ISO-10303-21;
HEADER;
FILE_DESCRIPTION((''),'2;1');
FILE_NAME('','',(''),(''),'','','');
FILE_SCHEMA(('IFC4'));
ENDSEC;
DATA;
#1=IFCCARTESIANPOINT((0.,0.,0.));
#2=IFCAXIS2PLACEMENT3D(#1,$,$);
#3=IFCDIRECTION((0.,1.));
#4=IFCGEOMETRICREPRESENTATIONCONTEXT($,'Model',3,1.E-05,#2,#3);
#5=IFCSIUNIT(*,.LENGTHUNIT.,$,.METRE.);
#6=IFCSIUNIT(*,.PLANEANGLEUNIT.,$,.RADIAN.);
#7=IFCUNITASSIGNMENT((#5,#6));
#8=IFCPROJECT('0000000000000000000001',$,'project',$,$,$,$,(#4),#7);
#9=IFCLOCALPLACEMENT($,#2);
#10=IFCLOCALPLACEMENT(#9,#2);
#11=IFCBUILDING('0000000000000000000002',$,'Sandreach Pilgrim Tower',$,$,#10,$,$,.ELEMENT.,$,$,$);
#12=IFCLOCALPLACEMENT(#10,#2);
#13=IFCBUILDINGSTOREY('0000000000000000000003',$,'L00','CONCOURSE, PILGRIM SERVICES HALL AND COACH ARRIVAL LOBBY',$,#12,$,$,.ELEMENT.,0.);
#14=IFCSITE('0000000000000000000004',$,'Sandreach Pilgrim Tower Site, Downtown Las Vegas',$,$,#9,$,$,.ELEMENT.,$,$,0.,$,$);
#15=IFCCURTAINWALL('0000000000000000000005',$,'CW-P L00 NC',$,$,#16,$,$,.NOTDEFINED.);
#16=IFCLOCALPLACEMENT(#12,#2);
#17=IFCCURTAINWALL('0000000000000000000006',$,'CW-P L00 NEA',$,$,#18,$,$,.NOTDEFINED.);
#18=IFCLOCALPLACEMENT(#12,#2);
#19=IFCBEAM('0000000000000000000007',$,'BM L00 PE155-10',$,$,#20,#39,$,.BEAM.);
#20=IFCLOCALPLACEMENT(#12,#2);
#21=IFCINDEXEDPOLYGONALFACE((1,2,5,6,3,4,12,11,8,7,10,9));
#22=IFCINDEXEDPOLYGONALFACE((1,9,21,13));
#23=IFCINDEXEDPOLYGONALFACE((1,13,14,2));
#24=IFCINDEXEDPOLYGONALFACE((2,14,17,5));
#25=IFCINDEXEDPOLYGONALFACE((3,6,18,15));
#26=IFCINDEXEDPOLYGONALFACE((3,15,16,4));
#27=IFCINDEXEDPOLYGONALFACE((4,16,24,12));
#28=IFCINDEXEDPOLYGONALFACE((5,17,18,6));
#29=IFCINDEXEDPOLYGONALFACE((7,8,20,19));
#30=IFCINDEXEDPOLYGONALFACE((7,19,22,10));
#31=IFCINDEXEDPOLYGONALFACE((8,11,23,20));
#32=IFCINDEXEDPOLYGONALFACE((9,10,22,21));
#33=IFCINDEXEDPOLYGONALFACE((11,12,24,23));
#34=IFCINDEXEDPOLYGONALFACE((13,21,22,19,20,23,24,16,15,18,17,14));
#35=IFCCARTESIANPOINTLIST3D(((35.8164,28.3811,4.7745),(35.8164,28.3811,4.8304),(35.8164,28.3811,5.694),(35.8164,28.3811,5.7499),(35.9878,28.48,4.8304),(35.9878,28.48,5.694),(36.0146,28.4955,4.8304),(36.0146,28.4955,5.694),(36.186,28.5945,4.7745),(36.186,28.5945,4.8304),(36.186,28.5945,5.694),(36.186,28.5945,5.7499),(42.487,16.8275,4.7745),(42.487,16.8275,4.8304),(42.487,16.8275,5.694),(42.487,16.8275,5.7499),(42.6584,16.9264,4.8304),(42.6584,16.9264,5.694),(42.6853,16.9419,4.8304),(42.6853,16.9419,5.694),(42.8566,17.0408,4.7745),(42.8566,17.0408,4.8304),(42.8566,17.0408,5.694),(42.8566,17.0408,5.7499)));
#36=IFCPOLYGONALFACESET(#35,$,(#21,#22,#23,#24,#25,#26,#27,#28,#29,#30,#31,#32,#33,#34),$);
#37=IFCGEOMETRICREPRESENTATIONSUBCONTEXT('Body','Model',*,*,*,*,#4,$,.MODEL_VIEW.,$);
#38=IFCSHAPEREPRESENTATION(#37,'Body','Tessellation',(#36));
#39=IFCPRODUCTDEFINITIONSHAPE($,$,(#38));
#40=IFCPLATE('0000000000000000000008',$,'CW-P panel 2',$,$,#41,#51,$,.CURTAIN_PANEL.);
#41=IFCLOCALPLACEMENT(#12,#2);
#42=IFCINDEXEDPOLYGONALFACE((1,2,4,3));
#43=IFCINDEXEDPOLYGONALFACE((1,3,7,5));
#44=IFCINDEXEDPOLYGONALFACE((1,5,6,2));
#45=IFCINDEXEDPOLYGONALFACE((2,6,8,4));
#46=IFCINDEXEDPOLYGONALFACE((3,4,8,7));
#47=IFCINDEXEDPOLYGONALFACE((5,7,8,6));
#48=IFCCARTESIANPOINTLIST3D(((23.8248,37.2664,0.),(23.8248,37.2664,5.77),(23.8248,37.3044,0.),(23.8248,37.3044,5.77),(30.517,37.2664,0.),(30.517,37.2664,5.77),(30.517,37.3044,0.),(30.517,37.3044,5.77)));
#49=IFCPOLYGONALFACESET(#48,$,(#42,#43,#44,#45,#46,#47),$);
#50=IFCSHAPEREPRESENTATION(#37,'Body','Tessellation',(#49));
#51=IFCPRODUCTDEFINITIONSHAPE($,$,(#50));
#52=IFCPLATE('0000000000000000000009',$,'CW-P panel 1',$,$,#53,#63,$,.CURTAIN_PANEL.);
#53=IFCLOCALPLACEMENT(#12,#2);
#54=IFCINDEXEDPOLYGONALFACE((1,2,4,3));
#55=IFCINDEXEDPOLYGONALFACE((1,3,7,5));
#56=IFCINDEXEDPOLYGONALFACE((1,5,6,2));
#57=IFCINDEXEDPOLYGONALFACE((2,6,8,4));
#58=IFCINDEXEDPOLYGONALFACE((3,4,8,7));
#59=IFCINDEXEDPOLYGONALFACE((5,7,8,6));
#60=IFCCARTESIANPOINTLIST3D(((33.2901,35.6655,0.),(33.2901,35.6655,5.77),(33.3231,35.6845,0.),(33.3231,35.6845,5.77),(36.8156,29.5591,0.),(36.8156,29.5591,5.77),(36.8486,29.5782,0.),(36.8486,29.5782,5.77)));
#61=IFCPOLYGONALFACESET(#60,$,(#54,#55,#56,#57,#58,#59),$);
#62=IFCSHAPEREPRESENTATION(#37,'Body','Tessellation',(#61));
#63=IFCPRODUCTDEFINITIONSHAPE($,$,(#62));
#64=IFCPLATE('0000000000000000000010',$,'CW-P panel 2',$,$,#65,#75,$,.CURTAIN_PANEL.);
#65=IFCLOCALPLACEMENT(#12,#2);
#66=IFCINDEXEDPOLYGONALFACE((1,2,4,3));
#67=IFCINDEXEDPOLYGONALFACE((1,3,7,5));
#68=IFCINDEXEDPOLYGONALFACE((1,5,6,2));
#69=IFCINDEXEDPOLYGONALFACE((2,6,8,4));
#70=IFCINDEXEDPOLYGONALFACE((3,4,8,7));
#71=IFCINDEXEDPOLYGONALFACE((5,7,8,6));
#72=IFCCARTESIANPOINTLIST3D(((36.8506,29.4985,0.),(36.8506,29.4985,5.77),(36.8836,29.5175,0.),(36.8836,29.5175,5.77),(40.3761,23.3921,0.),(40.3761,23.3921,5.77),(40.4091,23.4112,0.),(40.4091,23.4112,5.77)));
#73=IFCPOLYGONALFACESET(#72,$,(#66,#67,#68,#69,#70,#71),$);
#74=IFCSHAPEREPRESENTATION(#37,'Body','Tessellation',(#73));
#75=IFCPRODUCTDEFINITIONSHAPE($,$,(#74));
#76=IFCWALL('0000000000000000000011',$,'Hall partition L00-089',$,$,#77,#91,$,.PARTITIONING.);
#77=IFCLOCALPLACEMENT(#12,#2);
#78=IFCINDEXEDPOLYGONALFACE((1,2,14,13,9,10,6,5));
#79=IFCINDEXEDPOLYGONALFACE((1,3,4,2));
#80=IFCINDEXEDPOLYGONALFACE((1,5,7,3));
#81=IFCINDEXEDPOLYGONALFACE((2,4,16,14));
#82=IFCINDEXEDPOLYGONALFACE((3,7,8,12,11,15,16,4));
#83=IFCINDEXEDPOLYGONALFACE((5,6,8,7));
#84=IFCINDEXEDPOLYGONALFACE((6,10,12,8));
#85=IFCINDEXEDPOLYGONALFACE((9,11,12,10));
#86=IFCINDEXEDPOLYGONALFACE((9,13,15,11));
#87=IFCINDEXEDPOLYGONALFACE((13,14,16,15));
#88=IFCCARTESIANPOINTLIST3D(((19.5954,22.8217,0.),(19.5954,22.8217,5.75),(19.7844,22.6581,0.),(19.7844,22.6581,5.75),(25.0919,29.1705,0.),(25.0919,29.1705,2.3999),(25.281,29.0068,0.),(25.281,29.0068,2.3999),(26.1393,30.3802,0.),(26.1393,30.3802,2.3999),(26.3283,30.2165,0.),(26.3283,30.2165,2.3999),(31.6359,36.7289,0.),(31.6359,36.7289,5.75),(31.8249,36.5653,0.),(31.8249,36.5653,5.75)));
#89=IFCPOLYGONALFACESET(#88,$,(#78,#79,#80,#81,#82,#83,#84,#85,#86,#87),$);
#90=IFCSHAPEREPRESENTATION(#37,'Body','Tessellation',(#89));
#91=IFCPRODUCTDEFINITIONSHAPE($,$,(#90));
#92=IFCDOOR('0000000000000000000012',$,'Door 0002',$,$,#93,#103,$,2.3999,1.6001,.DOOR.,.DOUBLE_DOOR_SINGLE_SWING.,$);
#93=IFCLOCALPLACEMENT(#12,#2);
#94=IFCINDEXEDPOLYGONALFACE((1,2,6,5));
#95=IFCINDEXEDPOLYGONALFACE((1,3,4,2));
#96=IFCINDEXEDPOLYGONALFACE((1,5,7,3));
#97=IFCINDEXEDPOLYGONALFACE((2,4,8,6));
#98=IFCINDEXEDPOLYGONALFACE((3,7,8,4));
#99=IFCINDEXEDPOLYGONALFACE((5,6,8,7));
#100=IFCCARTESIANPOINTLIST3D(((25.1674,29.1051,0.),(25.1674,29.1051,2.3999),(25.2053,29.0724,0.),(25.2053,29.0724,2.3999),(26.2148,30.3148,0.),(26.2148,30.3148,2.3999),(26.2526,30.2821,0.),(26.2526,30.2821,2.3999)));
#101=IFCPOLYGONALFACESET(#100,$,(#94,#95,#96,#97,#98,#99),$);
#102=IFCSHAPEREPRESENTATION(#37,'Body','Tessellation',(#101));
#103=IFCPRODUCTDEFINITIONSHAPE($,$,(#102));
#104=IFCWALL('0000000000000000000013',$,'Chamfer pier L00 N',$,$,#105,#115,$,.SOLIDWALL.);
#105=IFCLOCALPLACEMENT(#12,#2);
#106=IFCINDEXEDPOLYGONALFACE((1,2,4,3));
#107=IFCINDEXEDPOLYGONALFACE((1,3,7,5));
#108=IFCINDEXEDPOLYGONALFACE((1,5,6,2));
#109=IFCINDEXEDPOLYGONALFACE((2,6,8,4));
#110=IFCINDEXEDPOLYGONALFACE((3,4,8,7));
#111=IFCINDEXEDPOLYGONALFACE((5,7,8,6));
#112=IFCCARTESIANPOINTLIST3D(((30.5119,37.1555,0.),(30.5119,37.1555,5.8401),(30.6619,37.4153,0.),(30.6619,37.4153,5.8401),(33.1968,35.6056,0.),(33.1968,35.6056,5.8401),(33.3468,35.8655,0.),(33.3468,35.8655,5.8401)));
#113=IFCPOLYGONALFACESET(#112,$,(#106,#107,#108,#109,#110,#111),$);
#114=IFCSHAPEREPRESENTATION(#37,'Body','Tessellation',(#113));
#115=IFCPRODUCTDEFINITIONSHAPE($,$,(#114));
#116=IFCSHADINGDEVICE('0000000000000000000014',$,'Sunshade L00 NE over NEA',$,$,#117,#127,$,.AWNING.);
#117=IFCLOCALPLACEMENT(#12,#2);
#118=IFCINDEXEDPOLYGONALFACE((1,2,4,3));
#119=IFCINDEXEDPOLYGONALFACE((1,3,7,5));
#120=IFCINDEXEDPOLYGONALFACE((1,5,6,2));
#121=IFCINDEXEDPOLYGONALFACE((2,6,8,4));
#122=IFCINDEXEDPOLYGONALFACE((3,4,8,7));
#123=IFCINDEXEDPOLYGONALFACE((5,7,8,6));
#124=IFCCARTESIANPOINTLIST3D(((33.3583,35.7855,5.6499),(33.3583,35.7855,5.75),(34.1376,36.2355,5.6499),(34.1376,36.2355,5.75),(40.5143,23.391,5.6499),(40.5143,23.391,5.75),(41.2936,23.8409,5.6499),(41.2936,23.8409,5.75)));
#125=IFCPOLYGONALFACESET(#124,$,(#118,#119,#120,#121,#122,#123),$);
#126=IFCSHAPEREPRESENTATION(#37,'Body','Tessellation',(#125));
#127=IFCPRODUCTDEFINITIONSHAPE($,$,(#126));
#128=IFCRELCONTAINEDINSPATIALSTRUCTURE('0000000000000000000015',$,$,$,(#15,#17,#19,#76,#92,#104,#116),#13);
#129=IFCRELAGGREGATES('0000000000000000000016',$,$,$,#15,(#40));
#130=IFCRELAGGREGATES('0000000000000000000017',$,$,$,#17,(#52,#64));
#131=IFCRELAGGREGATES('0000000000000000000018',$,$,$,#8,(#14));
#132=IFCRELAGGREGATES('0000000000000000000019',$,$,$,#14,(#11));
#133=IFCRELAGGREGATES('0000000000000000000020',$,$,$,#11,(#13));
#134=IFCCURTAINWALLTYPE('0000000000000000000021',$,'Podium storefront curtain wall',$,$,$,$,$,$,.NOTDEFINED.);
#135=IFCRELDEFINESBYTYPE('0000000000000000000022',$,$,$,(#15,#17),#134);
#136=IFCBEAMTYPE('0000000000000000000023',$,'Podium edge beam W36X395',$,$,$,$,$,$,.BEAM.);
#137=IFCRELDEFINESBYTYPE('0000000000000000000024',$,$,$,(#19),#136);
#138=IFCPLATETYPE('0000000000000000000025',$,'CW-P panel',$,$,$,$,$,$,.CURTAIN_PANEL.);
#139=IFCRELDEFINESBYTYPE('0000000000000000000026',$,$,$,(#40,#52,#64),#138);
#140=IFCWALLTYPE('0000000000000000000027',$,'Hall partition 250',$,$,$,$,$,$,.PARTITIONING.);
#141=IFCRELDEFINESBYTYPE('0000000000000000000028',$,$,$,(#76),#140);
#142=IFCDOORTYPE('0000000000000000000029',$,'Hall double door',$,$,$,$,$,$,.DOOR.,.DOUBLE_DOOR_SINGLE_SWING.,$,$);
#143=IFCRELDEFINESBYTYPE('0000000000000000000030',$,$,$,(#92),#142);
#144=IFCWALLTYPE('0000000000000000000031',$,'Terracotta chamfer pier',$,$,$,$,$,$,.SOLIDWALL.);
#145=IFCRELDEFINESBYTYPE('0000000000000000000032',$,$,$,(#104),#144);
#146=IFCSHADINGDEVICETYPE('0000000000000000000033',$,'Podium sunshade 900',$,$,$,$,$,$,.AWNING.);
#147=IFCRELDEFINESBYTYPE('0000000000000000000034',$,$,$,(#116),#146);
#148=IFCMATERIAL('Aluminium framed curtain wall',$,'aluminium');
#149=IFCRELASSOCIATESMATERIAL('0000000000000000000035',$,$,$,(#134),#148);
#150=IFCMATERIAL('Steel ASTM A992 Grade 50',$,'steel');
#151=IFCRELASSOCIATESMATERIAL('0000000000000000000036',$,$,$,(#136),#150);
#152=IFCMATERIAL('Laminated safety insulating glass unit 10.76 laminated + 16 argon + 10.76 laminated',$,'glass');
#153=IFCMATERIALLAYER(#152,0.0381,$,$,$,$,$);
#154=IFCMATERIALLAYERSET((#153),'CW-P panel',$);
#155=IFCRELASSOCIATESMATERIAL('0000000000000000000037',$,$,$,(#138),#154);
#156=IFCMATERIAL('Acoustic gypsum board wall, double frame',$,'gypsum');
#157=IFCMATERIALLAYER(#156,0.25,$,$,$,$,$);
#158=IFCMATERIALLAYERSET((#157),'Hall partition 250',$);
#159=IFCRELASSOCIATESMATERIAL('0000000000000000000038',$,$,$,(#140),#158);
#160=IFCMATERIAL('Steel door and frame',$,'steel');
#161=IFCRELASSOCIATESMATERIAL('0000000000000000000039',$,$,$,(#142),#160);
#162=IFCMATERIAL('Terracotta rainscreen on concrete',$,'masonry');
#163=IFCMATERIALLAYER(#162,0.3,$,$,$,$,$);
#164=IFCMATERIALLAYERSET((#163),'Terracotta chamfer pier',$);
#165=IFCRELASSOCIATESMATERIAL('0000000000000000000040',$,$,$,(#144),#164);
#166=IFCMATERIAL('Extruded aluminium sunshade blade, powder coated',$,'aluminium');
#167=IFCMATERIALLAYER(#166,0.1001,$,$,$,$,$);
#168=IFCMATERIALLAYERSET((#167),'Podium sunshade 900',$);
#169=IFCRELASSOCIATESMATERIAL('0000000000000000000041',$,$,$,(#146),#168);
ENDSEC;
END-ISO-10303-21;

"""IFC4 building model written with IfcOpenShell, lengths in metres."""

from ifc_helpers import new_model, si_unit, direction, frame, frame_2d, origin, origin_2d, place, context, subcontext, project, spatial, rectangle, i_section, extrude, material, layer, layer_set, material_profile, profile_set, type_object, element, fill, aggregate, save


model = new_model("IFC4")

# Units and contexts
model_context = context("Model", 3, precision=1e-05, world=origin(), true_north=direction((0.0, 1.0)))
body_context = subcontext(model_context, "Body", "Model", "MODEL_VIEW")
ifc_project = project(units=[si_unit("LENGTHUNIT", "METRE"), si_unit("PLANEANGLEUNIT", "RADIAN")], contexts=[model_context])

# Site, building, storey
site_placement = place(None, origin())
site = spatial("IfcSite", under=ifc_project, at=site_placement, Name="Sandreach Pilgrim Tower Site, Downtown Las Vegas", CompositionType="ELEMENT", RefElevation=0.0)
building_placement = place(site_placement, origin())
building = spatial("IfcBuilding", under=site, at=building_placement, Name="Sandreach Pilgrim Tower", CompositionType="ELEMENT")
storey_placement = place(building_placement, origin())
storey = spatial("IfcBuildingStorey", under=building, at=storey_placement, Name="L00", Description="CONCOURSE, PILGRIM SERVICES HALL AND COACH ARRIVAL LOBBY", CompositionType="ELEMENT", Elevation=0.0)

# Curtain walls
ifc_material_1 = material(Name="Aluminium framed curtain wall", Category="aluminium")
curtain_wall_type = type_object("IfcCurtainWallType", Name="Podium storefront curtain wall", PredefinedType="NOTDEFINED", material=ifc_material_1)
curtain_wall_1_placement = place(storey_placement, origin())
curtain_wall_1 = element("IfcCurtainWall", 1, at=curtain_wall_1_placement, inside=storey, type_object=curtain_wall_type, Name="CW-P L00 NC", PredefinedType="NOTDEFINED")
curtain_wall_2_placement = place(storey_placement, origin())
curtain_wall_2 = element("IfcCurtainWall", 2, at=curtain_wall_2_placement, inside=storey, type_object=curtain_wall_type, Name="CW-P L00 NEA", PredefinedType="NOTDEFINED")

# Beam
ifc_material_2 = material(Name="Steel ASTM A992 Grade 50", Category="steel")
ifc_material_profile_1 = material_profile(ifc_material_2, i_section(OverallWidth=0.4268, OverallDepth=0.9753, WebThickness=0.031, FlangeThickness=0.0559, at=origin_2d()), Name="W36X395")
ifc_profile_set_1 = profile_set([ifc_material_profile_1], Name="Steel ASTM A992 Grade 50")
beam_type_1 = type_object("IfcBeamType", Name="Podium edge beam W36X395", PredefinedType="BEAM", material=ifc_profile_set_1)
beam_1_placement = place(storey_placement, frame((36.0012, 28.4878, 5.2622), z_axis=(0.500007, -0.866022, 0.0), x_axis=(0.866022, 0.500007, 0.0)))
element("IfcBeam", 3, at=beam_1_placement, inside=storey, type_object=beam_type_1, Name="BM L00 PE155-10", PredefinedType="BEAM", context=body_context, shape_type="SweptSolid", body=[
    extrude(i_section(OverallWidth=0.4268, OverallDepth=0.9753, WebThickness=0.031, FlangeThickness=0.0559, at=origin_2d()), origin(), (0.0, 0.0, 1.0), 13.3411),
])

# Plates
ifc_material_3 = material(Name="Laminated safety insulating glass unit 10.76 laminated + 16 argon + 10.76 laminated", Category="glass")
ifc_layer_1 = layer(ifc_material_3, 0.0381)
ifc_layer_set_1 = layer_set([ifc_layer_1], Name="CW-P panel")
plate_type = type_object("IfcPlateType", Name="CW-P panel", PredefinedType="CURTAIN_PANEL", material=ifc_layer_set_1)
plate_1_placement = place(storey_placement, frame((27.1709, 37.2854, 0.0), z_axis=(0.0, 0.0, 1.0), x_axis=(1.0, 0.0, 0.0)))
plate_1 = element("IfcPlate", 4, at=plate_1_placement, type_object=plate_type, Name="CW-P panel 2", PredefinedType="CURTAIN_PANEL", context=body_context, shape_type="SweptSolid", body=[
    extrude(rectangle(XDim=6.6921, YDim=0.0381, at=origin_2d()), origin(), (0.0, 0.0, 1.0), 5.77),
])
aggregate(curtain_wall_1, [plate_1])
plate_2_placement = place(storey_placement, frame((35.0693, 32.6218, 0.0), z_axis=(0.0, 0.0, 1.0), x_axis=(0.5, -0.866025, 0.0)))
plate_2 = element("IfcPlate", 5, at=plate_2_placement, type_object=plate_type, Name="CW-P panel 1", PredefinedType="CURTAIN_PANEL", context=body_context, shape_type="SweptSolid", body=[
    extrude(rectangle(XDim=7.051, YDim=0.0381, at=origin_2d()), origin(), (0.0, 0.0, 1.0), 5.77),
])
plate_3_placement = place(storey_placement, frame((38.6299, 26.4548, 0.0), z_axis=(0.0, 0.0, 1.0), x_axis=(0.5, -0.866025, 0.0)))
plate_3 = element("IfcPlate", 6, at=plate_3_placement, type_object=plate_type, Name="CW-P panel 2", PredefinedType="CURTAIN_PANEL", context=body_context, shape_type="SweptSolid", body=[
    extrude(rectangle(XDim=7.051, YDim=0.0381, at=origin_2d()), origin(), (0.0, 0.0, 1.0), 5.77),
])
aggregate(curtain_wall_2, [plate_2, plate_3])

# Wall, opening, door
ifc_material_4 = material(Name="Acoustic gypsum board wall, double frame", Category="gypsum")
ifc_layer_2 = layer(ifc_material_4, 0.25)
ifc_layer_set_2 = layer_set([ifc_layer_2], Name="Hall partition 250")
wall_type_1 = type_object("IfcWallType", Name="Hall partition 250", PredefinedType="PARTITIONING", material=ifc_layer_set_2)
wall_1_placement = place(storey_placement, frame((31.7305, 36.6472, 0.0), z_axis=(0.0, 0.0, 1.0), x_axis=(-0.654545, -0.756023, 0.0)))
wall_1 = element("IfcWall", 7, at=wall_1_placement, inside=storey, type_object=wall_type_1, Name="Hall partition L00-089", PredefinedType="PARTITIONING", context=body_context, shape_type="SweptSolid", body=[
    extrude(rectangle(XDim=18.3953, YDim=0.25, at=frame_2d((9.1978, 0.0))), origin(), (0.0, 0.0, 1.0), 5.75),
])
opening_placement = place(wall_1_placement, frame((8.3977, 0.0, 0.0)))
opening = element("IfcOpeningElement", 8, at=opening_placement, cuts=wall_1, PredefinedType="OPENING", context=body_context, shape_type="SweptSolid", body=[
    extrude(rectangle(XDim=1.6001, YDim=2.3999, at=frame_2d((0.8, 1.2))), frame((0.0, 0.125, 0.0), z_axis=(0.0, -1.0, 0.0), x_axis=(1.0, 0.0, 0.0)), (0.0, 0.0, 1.0), 0.25),
])
ifc_material_5 = material(Name="Steel door and frame", Category="steel")
door_type = type_object("IfcDoorType", Name="Hall double door", OperationType="DOUBLE_DOOR_SINGLE_SWING", PredefinedType="DOOR", material=ifc_material_5)
door_placement = place(opening_placement, origin())
door = element("IfcDoor", 9, at=door_placement, inside=storey, type_object=door_type, Name="Door 0002", OperationType="DOUBLE_DOOR_SINGLE_SWING", OverallHeight=2.3999, OverallWidth=1.6001, PredefinedType="DOOR", context=body_context, shape_type="SweptSolid", body=[
    extrude(rectangle(XDim=1.6001, YDim=2.3999, at=frame_2d((0.8, 1.2))), frame((0.0, 0.0249, 0.0), z_axis=(0.0, -1.0, 0.0), x_axis=(1.0, 0.0, 0.0)), (0.0, 0.0, 1.0), 0.05),
])
fill(opening, door)

# Wall
ifc_material_6 = material(Name="Terracotta rainscreen on concrete", Category="masonry")
ifc_layer_3 = layer(ifc_material_6, 0.3)
ifc_layer_set_3 = layer_set([ifc_layer_3], Name="Terracotta chamfer pier")
wall_type_2 = type_object("IfcWallType", Name="Terracotta chamfer pier", PredefinedType="SOLIDWALL", material=ifc_layer_set_3)
wall_2_placement = place(storey_placement, frame((30.5869, 37.2854, 0.0), z_axis=(0.0, 0.0, 1.0), x_axis=(0.866064, -0.499934, 0.0)))
element("IfcWall", 10, at=wall_2_placement, inside=storey, type_object=wall_type_2, Name="Chamfer pier L00 N", PredefinedType="SOLIDWALL", context=body_context, shape_type="SweptSolid", body=[
    extrude(rectangle(XDim=3.1001, YDim=0.3, at=frame_2d((1.55, 0.0))), origin(), (0.0, 0.0, 1.0), 5.8401),
])

# Shading device
ifc_material_7 = material(Name="Extruded aluminium sunshade blade, powder coated", Category="aluminium")
ifc_layer_4 = layer(ifc_material_7, 0.1001)
ifc_layer_set_4 = layer_set([ifc_layer_4], Name="Podium sunshade 900")
shading_device_type = type_object("IfcShadingDeviceType", Name="Podium sunshade 900", PredefinedType="AWNING", material=ifc_layer_set_4)
shading_device_placement = place(storey_placement, frame((37.3259, 29.8132, 5.6499), z_axis=(0.0, 0.0, 1.0), x_axis=(0.5, -0.866025, 0.0)))
element("IfcShadingDevice", 11, at=shading_device_placement, inside=storey, type_object=shading_device_type, Name="Sunshade L00 NE over NEA", PredefinedType="AWNING", context=body_context, shape_type="SweptSolid", body=[
    extrude(rectangle(XDim=14.312, YDim=0.8999, at=origin_2d()), origin(), (0.0, 0.0, 1.0), 0.1001),
])

save(model, "model.ifc")
